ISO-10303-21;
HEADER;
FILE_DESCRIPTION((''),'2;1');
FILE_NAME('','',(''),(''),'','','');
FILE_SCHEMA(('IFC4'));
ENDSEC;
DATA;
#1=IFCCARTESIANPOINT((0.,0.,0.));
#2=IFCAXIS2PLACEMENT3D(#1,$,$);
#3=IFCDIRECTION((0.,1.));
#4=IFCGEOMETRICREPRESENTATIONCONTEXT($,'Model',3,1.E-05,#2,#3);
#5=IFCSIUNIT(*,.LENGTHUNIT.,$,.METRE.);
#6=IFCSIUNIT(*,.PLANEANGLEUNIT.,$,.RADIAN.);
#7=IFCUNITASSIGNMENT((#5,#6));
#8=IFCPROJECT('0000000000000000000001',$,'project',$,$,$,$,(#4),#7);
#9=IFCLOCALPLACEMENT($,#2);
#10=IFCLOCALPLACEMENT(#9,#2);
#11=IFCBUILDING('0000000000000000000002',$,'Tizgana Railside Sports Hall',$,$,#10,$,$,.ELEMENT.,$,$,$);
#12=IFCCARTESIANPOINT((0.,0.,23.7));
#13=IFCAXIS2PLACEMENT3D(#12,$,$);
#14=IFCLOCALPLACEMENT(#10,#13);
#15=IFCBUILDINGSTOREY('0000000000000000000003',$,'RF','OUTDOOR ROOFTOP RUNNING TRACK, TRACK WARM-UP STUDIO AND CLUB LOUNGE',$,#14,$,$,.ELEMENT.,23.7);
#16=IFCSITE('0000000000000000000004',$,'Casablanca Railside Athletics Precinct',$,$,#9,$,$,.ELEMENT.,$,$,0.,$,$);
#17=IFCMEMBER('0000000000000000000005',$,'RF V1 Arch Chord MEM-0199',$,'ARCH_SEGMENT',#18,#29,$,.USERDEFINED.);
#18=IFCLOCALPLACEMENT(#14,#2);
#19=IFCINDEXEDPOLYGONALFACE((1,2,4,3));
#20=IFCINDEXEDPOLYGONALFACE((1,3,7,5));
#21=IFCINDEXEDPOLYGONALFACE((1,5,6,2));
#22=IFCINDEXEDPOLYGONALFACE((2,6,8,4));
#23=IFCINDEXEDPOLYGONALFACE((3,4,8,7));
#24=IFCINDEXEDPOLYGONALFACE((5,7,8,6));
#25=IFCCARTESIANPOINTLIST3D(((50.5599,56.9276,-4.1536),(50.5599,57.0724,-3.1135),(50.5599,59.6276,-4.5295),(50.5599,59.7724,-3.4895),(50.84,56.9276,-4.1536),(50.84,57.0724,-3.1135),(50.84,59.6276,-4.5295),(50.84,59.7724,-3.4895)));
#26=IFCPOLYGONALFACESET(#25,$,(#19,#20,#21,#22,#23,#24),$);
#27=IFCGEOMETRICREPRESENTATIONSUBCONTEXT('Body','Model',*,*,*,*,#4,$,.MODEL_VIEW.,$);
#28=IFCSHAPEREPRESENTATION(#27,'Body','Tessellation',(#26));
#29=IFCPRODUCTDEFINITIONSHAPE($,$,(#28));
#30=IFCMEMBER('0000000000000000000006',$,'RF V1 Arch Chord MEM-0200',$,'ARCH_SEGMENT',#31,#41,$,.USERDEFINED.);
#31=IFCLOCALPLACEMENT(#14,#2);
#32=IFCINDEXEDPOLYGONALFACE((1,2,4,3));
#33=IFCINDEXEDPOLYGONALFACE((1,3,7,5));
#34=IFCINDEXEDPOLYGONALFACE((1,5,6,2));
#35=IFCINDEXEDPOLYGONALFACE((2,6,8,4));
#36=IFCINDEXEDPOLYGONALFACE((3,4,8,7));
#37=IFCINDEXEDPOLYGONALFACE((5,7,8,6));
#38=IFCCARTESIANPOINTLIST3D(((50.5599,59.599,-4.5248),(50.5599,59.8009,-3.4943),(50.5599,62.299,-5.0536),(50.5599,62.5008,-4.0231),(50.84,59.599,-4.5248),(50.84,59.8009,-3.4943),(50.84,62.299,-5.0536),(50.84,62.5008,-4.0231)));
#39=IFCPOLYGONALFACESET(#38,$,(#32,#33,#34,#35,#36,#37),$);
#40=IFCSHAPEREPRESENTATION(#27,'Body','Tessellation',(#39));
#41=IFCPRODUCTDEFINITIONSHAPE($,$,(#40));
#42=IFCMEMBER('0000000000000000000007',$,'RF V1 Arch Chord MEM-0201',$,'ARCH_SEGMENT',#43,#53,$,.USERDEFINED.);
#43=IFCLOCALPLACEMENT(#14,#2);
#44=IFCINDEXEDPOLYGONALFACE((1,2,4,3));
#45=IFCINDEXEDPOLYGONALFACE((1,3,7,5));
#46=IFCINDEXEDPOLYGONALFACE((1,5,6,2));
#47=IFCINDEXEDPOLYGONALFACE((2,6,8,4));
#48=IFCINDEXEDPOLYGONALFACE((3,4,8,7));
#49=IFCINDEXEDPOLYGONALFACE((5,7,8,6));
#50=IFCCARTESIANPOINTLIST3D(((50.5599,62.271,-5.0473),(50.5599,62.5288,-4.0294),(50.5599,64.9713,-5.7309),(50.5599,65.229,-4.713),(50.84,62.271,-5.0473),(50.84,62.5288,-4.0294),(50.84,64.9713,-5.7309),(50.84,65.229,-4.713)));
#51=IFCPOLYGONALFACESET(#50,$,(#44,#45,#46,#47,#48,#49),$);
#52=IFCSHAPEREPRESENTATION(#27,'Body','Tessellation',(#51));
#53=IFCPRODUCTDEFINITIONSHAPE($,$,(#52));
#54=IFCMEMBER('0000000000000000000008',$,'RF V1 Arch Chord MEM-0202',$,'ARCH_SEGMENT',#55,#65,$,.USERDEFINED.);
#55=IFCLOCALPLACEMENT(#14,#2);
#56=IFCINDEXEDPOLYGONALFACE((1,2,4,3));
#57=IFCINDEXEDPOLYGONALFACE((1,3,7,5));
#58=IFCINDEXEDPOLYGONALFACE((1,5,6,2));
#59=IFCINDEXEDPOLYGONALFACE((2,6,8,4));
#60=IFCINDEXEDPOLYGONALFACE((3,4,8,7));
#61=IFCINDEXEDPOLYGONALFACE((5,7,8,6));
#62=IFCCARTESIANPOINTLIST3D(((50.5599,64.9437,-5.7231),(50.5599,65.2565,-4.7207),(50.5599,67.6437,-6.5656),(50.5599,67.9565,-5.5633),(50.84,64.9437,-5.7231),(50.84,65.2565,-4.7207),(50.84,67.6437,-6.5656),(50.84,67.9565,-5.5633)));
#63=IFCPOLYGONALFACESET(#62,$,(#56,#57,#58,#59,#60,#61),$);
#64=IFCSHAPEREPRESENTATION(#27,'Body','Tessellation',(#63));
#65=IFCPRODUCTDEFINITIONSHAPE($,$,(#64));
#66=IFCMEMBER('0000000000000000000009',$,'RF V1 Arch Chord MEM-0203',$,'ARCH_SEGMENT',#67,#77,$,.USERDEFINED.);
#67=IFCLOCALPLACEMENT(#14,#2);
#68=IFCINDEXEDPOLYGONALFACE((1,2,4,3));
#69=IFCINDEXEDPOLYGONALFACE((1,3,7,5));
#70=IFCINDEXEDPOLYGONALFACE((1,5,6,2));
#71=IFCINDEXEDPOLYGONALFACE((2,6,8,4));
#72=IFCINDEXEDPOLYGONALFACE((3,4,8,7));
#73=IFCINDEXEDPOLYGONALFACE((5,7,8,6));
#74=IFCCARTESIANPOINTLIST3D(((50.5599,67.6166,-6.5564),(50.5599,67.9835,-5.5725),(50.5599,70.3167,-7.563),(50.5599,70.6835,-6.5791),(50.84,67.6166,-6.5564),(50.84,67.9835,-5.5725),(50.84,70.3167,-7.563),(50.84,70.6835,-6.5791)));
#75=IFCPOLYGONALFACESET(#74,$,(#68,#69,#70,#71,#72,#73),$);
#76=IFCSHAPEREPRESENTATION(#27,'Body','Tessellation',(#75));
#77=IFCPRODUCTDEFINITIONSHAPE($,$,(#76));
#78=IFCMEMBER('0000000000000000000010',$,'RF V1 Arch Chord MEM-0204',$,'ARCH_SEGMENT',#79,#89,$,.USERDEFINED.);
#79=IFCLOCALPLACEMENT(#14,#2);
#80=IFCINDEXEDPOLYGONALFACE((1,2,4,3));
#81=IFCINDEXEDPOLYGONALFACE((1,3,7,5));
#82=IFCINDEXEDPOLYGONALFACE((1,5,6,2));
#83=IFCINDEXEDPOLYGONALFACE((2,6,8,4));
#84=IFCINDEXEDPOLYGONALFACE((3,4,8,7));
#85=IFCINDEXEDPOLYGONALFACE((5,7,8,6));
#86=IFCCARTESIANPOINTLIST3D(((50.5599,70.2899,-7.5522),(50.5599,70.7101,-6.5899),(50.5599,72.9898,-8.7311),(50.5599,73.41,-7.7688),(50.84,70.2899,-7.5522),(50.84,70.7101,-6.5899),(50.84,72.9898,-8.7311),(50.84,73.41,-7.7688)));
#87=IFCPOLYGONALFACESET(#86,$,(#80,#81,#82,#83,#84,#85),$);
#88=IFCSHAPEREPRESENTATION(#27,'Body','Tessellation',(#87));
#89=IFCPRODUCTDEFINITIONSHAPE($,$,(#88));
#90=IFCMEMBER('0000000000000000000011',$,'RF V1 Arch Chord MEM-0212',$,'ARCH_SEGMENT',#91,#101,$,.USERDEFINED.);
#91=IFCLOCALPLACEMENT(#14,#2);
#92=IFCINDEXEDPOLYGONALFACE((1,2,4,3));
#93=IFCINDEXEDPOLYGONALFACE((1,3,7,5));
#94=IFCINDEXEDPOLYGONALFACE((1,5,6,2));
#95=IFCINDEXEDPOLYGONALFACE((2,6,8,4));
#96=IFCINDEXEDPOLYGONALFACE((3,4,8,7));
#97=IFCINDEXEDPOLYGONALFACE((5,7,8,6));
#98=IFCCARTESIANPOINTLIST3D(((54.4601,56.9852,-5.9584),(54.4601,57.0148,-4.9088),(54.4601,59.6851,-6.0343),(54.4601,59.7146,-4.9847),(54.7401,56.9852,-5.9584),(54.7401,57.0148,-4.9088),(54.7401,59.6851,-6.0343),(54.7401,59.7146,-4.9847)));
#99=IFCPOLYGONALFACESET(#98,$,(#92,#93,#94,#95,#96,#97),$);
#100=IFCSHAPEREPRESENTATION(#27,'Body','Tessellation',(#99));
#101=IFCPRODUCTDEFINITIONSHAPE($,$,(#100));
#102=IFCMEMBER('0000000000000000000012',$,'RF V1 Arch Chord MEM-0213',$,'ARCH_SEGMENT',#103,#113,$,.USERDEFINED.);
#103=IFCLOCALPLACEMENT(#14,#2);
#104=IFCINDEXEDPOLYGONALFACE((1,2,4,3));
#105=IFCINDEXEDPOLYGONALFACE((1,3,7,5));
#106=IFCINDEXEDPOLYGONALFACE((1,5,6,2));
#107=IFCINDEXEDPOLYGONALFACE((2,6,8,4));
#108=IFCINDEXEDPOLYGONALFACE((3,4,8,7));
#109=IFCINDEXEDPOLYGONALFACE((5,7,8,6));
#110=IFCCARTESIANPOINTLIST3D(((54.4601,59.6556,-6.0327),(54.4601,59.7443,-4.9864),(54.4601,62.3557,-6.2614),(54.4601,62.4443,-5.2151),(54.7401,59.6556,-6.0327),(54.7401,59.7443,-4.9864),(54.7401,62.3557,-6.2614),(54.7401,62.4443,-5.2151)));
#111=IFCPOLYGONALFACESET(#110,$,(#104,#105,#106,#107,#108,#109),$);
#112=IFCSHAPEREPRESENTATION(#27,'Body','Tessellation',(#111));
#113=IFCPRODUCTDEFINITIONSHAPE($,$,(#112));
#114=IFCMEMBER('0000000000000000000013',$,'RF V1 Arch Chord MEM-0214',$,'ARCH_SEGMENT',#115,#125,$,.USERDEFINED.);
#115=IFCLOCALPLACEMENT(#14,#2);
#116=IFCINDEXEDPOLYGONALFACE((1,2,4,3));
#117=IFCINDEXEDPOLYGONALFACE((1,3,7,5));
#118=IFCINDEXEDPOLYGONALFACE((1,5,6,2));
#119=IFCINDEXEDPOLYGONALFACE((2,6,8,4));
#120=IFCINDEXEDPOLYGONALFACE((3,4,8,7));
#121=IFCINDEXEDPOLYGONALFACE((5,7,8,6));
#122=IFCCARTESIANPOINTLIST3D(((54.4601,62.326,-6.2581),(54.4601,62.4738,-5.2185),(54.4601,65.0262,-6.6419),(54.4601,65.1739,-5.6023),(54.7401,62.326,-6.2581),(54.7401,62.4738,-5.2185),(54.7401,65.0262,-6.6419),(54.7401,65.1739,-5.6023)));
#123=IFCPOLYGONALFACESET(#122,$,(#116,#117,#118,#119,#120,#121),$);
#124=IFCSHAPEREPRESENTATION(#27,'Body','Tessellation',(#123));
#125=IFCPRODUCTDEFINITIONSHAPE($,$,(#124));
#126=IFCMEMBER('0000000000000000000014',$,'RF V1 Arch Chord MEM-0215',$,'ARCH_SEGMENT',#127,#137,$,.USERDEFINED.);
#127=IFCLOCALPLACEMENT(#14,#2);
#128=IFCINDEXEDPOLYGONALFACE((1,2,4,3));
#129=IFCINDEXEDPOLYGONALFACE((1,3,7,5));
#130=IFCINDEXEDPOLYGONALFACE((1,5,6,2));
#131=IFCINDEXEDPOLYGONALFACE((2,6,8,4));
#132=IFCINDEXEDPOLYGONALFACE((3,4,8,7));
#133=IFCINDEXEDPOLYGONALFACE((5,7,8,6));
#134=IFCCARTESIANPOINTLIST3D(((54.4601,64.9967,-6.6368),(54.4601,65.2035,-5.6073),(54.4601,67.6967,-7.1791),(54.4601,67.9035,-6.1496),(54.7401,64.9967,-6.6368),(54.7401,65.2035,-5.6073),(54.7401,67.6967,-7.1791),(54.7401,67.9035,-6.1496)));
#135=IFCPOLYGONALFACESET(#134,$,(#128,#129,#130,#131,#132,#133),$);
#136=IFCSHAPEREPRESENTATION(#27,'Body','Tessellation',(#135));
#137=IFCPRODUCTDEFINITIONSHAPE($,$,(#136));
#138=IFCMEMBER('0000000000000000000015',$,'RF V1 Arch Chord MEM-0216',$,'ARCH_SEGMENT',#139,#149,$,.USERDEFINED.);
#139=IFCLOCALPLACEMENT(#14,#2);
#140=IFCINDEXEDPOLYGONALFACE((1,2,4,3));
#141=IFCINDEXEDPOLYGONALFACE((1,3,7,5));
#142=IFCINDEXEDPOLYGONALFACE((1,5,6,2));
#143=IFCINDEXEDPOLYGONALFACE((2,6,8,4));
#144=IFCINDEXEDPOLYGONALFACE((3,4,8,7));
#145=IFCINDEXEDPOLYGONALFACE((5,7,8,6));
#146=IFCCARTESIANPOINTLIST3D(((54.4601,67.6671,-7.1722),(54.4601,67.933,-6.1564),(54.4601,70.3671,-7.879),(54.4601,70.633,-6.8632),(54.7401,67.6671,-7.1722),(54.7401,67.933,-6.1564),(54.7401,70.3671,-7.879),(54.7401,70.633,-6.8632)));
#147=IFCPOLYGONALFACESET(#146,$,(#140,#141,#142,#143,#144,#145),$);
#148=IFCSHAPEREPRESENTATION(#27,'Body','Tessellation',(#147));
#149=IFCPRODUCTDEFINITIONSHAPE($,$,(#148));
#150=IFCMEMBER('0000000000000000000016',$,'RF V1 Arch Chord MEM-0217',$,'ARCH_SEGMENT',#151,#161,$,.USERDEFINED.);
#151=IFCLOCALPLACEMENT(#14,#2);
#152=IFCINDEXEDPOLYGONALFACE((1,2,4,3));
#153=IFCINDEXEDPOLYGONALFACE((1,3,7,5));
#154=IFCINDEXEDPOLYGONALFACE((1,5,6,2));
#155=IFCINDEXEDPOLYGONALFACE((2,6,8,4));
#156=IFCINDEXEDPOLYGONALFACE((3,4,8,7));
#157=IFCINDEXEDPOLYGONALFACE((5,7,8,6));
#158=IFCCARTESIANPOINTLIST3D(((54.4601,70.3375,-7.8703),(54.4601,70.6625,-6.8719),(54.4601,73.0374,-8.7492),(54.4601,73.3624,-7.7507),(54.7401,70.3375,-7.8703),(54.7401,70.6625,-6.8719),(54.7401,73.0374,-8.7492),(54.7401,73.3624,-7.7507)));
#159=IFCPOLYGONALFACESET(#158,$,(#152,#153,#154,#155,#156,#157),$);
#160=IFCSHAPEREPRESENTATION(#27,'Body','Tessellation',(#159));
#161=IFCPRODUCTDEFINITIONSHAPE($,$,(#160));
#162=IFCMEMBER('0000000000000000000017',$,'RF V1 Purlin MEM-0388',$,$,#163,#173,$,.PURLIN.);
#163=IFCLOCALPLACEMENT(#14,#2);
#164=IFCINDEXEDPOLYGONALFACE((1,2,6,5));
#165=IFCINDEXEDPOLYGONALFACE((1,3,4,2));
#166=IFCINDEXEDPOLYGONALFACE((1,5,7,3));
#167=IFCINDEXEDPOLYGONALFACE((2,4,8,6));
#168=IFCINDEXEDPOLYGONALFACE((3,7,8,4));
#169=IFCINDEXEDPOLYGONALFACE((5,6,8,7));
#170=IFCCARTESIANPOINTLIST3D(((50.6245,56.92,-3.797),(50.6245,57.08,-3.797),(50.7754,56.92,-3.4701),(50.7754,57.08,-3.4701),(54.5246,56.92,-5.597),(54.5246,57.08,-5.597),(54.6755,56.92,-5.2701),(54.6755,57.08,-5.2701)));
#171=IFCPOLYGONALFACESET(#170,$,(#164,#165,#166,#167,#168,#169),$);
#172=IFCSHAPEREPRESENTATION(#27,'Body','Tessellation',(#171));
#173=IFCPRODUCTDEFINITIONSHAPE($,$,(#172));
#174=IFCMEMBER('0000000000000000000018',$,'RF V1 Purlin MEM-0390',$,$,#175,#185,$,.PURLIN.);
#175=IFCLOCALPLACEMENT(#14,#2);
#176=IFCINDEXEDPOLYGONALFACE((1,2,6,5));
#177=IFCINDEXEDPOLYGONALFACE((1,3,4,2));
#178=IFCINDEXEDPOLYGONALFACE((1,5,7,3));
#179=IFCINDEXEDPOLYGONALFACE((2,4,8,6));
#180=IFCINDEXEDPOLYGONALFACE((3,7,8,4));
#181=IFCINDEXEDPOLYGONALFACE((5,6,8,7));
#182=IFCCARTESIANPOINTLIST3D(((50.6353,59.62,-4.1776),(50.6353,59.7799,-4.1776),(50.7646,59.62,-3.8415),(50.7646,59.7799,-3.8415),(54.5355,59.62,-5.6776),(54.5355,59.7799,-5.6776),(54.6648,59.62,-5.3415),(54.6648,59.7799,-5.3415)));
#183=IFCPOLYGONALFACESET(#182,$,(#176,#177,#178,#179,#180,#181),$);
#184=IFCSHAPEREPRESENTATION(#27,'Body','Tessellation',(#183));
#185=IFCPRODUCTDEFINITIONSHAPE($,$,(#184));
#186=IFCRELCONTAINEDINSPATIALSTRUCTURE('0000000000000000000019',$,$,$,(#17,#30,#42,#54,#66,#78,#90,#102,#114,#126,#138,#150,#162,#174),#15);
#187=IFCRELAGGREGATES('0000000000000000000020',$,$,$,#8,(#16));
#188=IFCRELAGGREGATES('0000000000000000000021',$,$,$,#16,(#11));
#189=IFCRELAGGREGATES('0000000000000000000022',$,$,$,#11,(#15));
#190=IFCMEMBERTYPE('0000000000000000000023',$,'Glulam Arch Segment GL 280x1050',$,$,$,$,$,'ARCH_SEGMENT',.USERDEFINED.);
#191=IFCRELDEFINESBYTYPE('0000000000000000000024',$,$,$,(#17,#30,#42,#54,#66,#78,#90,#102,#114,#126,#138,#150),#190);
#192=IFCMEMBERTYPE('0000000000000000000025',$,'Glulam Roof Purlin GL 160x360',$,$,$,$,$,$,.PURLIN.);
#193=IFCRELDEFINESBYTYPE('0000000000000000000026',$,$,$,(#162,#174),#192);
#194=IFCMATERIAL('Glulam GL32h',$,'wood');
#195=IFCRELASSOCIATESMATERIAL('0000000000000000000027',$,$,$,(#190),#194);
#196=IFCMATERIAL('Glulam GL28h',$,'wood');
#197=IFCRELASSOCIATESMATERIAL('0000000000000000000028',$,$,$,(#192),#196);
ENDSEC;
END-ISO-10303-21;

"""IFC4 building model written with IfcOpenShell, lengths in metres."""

from ifc_helpers import new_model, si_unit, direction, frame, origin, origin_2d, place, context, subcontext, project, spatial, rectangle, extrude, material, material_profile, profile_set, type_object, element, save


model = new_model("IFC4")

# Units and contexts
model_context = context("Model", 3, precision=1e-05, world=origin(), true_north=direction((0.0, 1.0)))
body_context = subcontext(model_context, "Body", "Model", "MODEL_VIEW")
ifc_project = project(units=[si_unit("LENGTHUNIT", "METRE"), si_unit("PLANEANGLEUNIT", "RADIAN")], contexts=[model_context])

# Site, building, storey
site_placement = place(None, origin())
site = spatial("IfcSite", under=ifc_project, at=site_placement, Name="Casablanca Railside Athletics Precinct", CompositionType="ELEMENT", RefElevation=0.0)
building_placement = place(site_placement, origin())
building = spatial("IfcBuilding", under=site, at=building_placement, Name="Tizgana Railside Sports Hall", CompositionType="ELEMENT")
storey_placement = place(building_placement, frame((0.0, 0.0, 23.7)))
storey = spatial("IfcBuildingStorey", under=building, at=storey_placement, Name="RF", Description="OUTDOOR ROOFTOP RUNNING TRACK, TRACK WARM-UP STUDIO AND CLUB LOUNGE", CompositionType="ELEMENT", Elevation=23.7)

# Members
ifc_material_1 = material(Name="Glulam GL32h", Category="wood")
ifc_material_profile_1 = material_profile(ifc_material_1, rectangle(XDim=0.28, YDim=1.05, at=origin_2d()), Name="GL 280x1050")
ifc_profile_set_1 = profile_set([ifc_material_profile_1], Name="Glulam GL32h")
member_type_1 = type_object("IfcMemberType", Name="Glulam Arch Segment GL 280x1050", ElementType="ARCH_SEGMENT", PredefinedType="USERDEFINED", material=ifc_profile_set_1)
member_1_placement = place(storey_placement, frame((50.7, 57.0, -3.6335), z_axis=(0.0, 0.990443, -0.137922), x_axis=(-1.0, 0.0, 0.0)))
element("IfcMember", 1, at=member_1_placement, inside=storey, type_object=member_type_1, Name="RF V1 Arch Chord MEM-0199", ObjectType="ARCH_SEGMENT", PredefinedType="USERDEFINED", context=body_context, shape_type="SweptSolid", body=[
    extrude(rectangle(XDim=0.28, YDim=1.05, at=origin_2d()), origin(), (0.0, 0.0, 1.0), 2.7261),
])
member_2_placement = place(storey_placement, frame((50.7, 59.7, -4.0095), z_axis=(0.0, 0.981354, -0.192207), x_axis=(-1.0, 0.0, 0.0)))
element("IfcMember", 2, at=member_2_placement, inside=storey, type_object=member_type_1, Name="RF V1 Arch Chord MEM-0200", ObjectType="ARCH_SEGMENT", PredefinedType="USERDEFINED", context=body_context, shape_type="SweptSolid", body=[
    extrude(rectangle(XDim=0.28, YDim=1.05, at=origin_2d()), origin(), (0.0, 0.0, 1.0), 2.7512),
])
member_3_placement = place(storey_placement, frame((50.7, 62.3999, -4.5383), z_axis=(0.0, 0.969416, -0.245422), x_axis=(-1.0, 0.0, 0.0)))
element("IfcMember", 3, at=member_3_placement, inside=storey, type_object=member_type_1, Name="RF V1 Arch Chord MEM-0201", ObjectType="ARCH_SEGMENT", PredefinedType="USERDEFINED", context=body_context, shape_type="SweptSolid", body=[
    extrude(rectangle(XDim=0.28, YDim=1.05, at=origin_2d()), origin(), (0.0, 0.0, 1.0), 2.7854),
])
member_4_placement = place(storey_placement, frame((50.7, 65.1001, -5.2219), z_axis=(0.0, 0.954601, -0.297887), x_axis=(-1.0, 0.0, 0.0)))
element("IfcMember", 4, at=member_4_placement, inside=storey, type_object=member_type_1, Name="RF V1 Arch Chord MEM-0202", ObjectType="ARCH_SEGMENT", PredefinedType="USERDEFINED", context=body_context, shape_type="SweptSolid", body=[
    extrude(rectangle(XDim=0.28, YDim=1.05, at=origin_2d()), origin(), (0.0, 0.0, 1.0), 2.8284),
])
member_5_placement = place(storey_placement, frame((50.7, 67.8, -6.0645), z_axis=(0.0, 0.936999, -0.349331), x_axis=(-1.0, 0.0, 0.0)))
element("IfcMember", 5, at=member_5_placement, inside=storey, type_object=member_type_1, Name="RF V1 Arch Chord MEM-0203", ObjectType="ARCH_SEGMENT", PredefinedType="USERDEFINED", context=body_context, shape_type="SweptSolid", body=[
    extrude(rectangle(XDim=0.28, YDim=1.05, at=origin_2d()), origin(), (0.0, 0.0, 1.0), 2.8816),
])
member_6_placement = place(storey_placement, frame((50.7, 70.5, -7.071), z_axis=(0.0, 0.91644, -0.400171), x_axis=(-1.0, 0.0, 0.0)))
element("IfcMember", 6, at=member_6_placement, inside=storey, type_object=member_type_1, Name="RF V1 Arch Chord MEM-0204", ObjectType="ARCH_SEGMENT", PredefinedType="USERDEFINED", context=body_context, shape_type="SweptSolid", body=[
    extrude(rectangle(XDim=0.28, YDim=1.05, at=origin_2d()), origin(), (0.0, 0.0, 1.0), 2.946),
])
member_7_placement = place(storey_placement, frame((54.6001, 57.0, -5.4336), z_axis=(0.0, 0.999605, -0.028111), x_axis=(-1.0, 0.0, 0.0)))
element("IfcMember", 7, at=member_7_placement, inside=storey, type_object=member_type_1, Name="RF V1 Arch Chord MEM-0212", ObjectType="ARCH_SEGMENT", PredefinedType="USERDEFINED", context=body_context, shape_type="SweptSolid", body=[
    extrude(rectangle(XDim=0.28, YDim=1.05, at=origin_2d()), origin(), (0.0, 0.0, 1.0), 2.7009),
])
member_8_placement = place(storey_placement, frame((54.6001, 59.7, -5.5095), z_axis=(0.0, 0.99643, -0.084425), x_axis=(-1.0, 0.0, 0.0)))
element("IfcMember", 8, at=member_8_placement, inside=storey, type_object=member_type_1, Name="RF V1 Arch Chord MEM-0213", ObjectType="ARCH_SEGMENT", PredefinedType="USERDEFINED", context=body_context, shape_type="SweptSolid", body=[
    extrude(rectangle(XDim=0.28, YDim=1.05, at=origin_2d()), origin(), (0.0, 0.0, 1.0), 2.7097),
])
member_9_placement = place(storey_placement, frame((54.6001, 62.3999, -5.7383), z_axis=(0.0, 0.99005, -0.14072), x_axis=(-1.0, 0.0, 0.0)))
element("IfcMember", 9, at=member_9_placement, inside=storey, type_object=member_type_1, Name="RF V1 Arch Chord MEM-0214", ObjectType="ARCH_SEGMENT", PredefinedType="USERDEFINED", context=body_context, shape_type="SweptSolid", body=[
    extrude(rectangle(XDim=0.28, YDim=1.05, at=origin_2d()), origin(), (0.0, 0.0, 1.0), 2.7273),
])
member_10_placement = place(storey_placement, frame((54.6001, 65.1001, -6.1221), z_axis=(0.0, 0.980424, -0.1969), x_axis=(-1.0, 0.0, 0.0)))
element("IfcMember", 10, at=member_10_placement, inside=storey, type_object=member_type_1, Name="RF V1 Arch Chord MEM-0215", ObjectType="ARCH_SEGMENT", PredefinedType="USERDEFINED", context=body_context, shape_type="SweptSolid", body=[
    extrude(rectangle(XDim=0.28, YDim=1.05, at=origin_2d()), origin(), (0.0, 0.0, 1.0), 2.7539),
])
member_11_placement = place(storey_placement, frame((54.6001, 67.8, -6.6643), z_axis=(0.0, 0.967402, -0.253244), x_axis=(-1.0, 0.0, 0.0)))
element("IfcMember", 11, at=member_11_placement, inside=storey, type_object=member_type_1, Name="RF V1 Arch Chord MEM-0216", ObjectType="ARCH_SEGMENT", PredefinedType="USERDEFINED", context=body_context, shape_type="SweptSolid", body=[
    extrude(rectangle(XDim=0.28, YDim=1.05, at=origin_2d()), origin(), (0.0, 0.0, 1.0), 2.791),
])
member_12_placement = place(storey_placement, frame((54.6001, 70.5, -7.3711), z_axis=(0.0, 0.950887, -0.309539), x_axis=(-1.0, 0.0, 0.0)))
element("IfcMember", 12, at=member_12_placement, inside=storey, type_object=member_type_1, Name="RF V1 Arch Chord MEM-0217", ObjectType="ARCH_SEGMENT", PredefinedType="USERDEFINED", context=body_context, shape_type="SweptSolid", body=[
    extrude(rectangle(XDim=0.28, YDim=1.05, at=origin_2d()), origin(), (0.0, 0.0, 1.0), 2.8394),
])
ifc_material_2 = material(Name="Glulam GL28h", Category="wood")
ifc_material_profile_2 = material_profile(ifc_material_2, rectangle(XDim=0.1599, YDim=0.3601, at=origin_2d()), Name="GL 160x360")
ifc_profile_set_2 = profile_set([ifc_material_profile_2], Name="Glulam GL28h")
member_type_2 = type_object("IfcMemberType", Name="Glulam Roof Purlin GL 160x360", PredefinedType="PURLIN", material=ifc_profile_set_2)
member_13_placement = place(storey_placement, frame((50.7, 57.0, -3.6335), z_axis=(0.907961, 0.0, -0.419055), x_axis=(0.0, 1.0, 0.0)))
element("IfcMember", 13, at=member_13_placement, inside=storey, type_object=member_type_2, Name="RF V1 Purlin MEM-0388", PredefinedType="PURLIN", context=body_context, shape_type="SweptSolid", body=[
    extrude(rectangle(XDim=0.1599, YDim=0.3601, at=origin_2d()), origin(), (0.0, 0.0, 1.0), 4.2954),
])
member_14_placement = place(storey_placement, frame((50.7, 59.7, -4.0095), z_axis=(0.93335, 0.0, -0.358967), x_axis=(0.0, 1.0, 0.0)))
element("IfcMember", 14, at=member_14_placement, inside=storey, type_object=member_type_2, Name="RF V1 Purlin MEM-0390", PredefinedType="PURLIN", context=body_context, shape_type="SweptSolid", body=[
    extrude(rectangle(XDim=0.1599, YDim=0.3601, at=origin_2d()), origin(), (0.0, 0.0, 1.0), 4.1787),
])

save(model, "model.ifc")
